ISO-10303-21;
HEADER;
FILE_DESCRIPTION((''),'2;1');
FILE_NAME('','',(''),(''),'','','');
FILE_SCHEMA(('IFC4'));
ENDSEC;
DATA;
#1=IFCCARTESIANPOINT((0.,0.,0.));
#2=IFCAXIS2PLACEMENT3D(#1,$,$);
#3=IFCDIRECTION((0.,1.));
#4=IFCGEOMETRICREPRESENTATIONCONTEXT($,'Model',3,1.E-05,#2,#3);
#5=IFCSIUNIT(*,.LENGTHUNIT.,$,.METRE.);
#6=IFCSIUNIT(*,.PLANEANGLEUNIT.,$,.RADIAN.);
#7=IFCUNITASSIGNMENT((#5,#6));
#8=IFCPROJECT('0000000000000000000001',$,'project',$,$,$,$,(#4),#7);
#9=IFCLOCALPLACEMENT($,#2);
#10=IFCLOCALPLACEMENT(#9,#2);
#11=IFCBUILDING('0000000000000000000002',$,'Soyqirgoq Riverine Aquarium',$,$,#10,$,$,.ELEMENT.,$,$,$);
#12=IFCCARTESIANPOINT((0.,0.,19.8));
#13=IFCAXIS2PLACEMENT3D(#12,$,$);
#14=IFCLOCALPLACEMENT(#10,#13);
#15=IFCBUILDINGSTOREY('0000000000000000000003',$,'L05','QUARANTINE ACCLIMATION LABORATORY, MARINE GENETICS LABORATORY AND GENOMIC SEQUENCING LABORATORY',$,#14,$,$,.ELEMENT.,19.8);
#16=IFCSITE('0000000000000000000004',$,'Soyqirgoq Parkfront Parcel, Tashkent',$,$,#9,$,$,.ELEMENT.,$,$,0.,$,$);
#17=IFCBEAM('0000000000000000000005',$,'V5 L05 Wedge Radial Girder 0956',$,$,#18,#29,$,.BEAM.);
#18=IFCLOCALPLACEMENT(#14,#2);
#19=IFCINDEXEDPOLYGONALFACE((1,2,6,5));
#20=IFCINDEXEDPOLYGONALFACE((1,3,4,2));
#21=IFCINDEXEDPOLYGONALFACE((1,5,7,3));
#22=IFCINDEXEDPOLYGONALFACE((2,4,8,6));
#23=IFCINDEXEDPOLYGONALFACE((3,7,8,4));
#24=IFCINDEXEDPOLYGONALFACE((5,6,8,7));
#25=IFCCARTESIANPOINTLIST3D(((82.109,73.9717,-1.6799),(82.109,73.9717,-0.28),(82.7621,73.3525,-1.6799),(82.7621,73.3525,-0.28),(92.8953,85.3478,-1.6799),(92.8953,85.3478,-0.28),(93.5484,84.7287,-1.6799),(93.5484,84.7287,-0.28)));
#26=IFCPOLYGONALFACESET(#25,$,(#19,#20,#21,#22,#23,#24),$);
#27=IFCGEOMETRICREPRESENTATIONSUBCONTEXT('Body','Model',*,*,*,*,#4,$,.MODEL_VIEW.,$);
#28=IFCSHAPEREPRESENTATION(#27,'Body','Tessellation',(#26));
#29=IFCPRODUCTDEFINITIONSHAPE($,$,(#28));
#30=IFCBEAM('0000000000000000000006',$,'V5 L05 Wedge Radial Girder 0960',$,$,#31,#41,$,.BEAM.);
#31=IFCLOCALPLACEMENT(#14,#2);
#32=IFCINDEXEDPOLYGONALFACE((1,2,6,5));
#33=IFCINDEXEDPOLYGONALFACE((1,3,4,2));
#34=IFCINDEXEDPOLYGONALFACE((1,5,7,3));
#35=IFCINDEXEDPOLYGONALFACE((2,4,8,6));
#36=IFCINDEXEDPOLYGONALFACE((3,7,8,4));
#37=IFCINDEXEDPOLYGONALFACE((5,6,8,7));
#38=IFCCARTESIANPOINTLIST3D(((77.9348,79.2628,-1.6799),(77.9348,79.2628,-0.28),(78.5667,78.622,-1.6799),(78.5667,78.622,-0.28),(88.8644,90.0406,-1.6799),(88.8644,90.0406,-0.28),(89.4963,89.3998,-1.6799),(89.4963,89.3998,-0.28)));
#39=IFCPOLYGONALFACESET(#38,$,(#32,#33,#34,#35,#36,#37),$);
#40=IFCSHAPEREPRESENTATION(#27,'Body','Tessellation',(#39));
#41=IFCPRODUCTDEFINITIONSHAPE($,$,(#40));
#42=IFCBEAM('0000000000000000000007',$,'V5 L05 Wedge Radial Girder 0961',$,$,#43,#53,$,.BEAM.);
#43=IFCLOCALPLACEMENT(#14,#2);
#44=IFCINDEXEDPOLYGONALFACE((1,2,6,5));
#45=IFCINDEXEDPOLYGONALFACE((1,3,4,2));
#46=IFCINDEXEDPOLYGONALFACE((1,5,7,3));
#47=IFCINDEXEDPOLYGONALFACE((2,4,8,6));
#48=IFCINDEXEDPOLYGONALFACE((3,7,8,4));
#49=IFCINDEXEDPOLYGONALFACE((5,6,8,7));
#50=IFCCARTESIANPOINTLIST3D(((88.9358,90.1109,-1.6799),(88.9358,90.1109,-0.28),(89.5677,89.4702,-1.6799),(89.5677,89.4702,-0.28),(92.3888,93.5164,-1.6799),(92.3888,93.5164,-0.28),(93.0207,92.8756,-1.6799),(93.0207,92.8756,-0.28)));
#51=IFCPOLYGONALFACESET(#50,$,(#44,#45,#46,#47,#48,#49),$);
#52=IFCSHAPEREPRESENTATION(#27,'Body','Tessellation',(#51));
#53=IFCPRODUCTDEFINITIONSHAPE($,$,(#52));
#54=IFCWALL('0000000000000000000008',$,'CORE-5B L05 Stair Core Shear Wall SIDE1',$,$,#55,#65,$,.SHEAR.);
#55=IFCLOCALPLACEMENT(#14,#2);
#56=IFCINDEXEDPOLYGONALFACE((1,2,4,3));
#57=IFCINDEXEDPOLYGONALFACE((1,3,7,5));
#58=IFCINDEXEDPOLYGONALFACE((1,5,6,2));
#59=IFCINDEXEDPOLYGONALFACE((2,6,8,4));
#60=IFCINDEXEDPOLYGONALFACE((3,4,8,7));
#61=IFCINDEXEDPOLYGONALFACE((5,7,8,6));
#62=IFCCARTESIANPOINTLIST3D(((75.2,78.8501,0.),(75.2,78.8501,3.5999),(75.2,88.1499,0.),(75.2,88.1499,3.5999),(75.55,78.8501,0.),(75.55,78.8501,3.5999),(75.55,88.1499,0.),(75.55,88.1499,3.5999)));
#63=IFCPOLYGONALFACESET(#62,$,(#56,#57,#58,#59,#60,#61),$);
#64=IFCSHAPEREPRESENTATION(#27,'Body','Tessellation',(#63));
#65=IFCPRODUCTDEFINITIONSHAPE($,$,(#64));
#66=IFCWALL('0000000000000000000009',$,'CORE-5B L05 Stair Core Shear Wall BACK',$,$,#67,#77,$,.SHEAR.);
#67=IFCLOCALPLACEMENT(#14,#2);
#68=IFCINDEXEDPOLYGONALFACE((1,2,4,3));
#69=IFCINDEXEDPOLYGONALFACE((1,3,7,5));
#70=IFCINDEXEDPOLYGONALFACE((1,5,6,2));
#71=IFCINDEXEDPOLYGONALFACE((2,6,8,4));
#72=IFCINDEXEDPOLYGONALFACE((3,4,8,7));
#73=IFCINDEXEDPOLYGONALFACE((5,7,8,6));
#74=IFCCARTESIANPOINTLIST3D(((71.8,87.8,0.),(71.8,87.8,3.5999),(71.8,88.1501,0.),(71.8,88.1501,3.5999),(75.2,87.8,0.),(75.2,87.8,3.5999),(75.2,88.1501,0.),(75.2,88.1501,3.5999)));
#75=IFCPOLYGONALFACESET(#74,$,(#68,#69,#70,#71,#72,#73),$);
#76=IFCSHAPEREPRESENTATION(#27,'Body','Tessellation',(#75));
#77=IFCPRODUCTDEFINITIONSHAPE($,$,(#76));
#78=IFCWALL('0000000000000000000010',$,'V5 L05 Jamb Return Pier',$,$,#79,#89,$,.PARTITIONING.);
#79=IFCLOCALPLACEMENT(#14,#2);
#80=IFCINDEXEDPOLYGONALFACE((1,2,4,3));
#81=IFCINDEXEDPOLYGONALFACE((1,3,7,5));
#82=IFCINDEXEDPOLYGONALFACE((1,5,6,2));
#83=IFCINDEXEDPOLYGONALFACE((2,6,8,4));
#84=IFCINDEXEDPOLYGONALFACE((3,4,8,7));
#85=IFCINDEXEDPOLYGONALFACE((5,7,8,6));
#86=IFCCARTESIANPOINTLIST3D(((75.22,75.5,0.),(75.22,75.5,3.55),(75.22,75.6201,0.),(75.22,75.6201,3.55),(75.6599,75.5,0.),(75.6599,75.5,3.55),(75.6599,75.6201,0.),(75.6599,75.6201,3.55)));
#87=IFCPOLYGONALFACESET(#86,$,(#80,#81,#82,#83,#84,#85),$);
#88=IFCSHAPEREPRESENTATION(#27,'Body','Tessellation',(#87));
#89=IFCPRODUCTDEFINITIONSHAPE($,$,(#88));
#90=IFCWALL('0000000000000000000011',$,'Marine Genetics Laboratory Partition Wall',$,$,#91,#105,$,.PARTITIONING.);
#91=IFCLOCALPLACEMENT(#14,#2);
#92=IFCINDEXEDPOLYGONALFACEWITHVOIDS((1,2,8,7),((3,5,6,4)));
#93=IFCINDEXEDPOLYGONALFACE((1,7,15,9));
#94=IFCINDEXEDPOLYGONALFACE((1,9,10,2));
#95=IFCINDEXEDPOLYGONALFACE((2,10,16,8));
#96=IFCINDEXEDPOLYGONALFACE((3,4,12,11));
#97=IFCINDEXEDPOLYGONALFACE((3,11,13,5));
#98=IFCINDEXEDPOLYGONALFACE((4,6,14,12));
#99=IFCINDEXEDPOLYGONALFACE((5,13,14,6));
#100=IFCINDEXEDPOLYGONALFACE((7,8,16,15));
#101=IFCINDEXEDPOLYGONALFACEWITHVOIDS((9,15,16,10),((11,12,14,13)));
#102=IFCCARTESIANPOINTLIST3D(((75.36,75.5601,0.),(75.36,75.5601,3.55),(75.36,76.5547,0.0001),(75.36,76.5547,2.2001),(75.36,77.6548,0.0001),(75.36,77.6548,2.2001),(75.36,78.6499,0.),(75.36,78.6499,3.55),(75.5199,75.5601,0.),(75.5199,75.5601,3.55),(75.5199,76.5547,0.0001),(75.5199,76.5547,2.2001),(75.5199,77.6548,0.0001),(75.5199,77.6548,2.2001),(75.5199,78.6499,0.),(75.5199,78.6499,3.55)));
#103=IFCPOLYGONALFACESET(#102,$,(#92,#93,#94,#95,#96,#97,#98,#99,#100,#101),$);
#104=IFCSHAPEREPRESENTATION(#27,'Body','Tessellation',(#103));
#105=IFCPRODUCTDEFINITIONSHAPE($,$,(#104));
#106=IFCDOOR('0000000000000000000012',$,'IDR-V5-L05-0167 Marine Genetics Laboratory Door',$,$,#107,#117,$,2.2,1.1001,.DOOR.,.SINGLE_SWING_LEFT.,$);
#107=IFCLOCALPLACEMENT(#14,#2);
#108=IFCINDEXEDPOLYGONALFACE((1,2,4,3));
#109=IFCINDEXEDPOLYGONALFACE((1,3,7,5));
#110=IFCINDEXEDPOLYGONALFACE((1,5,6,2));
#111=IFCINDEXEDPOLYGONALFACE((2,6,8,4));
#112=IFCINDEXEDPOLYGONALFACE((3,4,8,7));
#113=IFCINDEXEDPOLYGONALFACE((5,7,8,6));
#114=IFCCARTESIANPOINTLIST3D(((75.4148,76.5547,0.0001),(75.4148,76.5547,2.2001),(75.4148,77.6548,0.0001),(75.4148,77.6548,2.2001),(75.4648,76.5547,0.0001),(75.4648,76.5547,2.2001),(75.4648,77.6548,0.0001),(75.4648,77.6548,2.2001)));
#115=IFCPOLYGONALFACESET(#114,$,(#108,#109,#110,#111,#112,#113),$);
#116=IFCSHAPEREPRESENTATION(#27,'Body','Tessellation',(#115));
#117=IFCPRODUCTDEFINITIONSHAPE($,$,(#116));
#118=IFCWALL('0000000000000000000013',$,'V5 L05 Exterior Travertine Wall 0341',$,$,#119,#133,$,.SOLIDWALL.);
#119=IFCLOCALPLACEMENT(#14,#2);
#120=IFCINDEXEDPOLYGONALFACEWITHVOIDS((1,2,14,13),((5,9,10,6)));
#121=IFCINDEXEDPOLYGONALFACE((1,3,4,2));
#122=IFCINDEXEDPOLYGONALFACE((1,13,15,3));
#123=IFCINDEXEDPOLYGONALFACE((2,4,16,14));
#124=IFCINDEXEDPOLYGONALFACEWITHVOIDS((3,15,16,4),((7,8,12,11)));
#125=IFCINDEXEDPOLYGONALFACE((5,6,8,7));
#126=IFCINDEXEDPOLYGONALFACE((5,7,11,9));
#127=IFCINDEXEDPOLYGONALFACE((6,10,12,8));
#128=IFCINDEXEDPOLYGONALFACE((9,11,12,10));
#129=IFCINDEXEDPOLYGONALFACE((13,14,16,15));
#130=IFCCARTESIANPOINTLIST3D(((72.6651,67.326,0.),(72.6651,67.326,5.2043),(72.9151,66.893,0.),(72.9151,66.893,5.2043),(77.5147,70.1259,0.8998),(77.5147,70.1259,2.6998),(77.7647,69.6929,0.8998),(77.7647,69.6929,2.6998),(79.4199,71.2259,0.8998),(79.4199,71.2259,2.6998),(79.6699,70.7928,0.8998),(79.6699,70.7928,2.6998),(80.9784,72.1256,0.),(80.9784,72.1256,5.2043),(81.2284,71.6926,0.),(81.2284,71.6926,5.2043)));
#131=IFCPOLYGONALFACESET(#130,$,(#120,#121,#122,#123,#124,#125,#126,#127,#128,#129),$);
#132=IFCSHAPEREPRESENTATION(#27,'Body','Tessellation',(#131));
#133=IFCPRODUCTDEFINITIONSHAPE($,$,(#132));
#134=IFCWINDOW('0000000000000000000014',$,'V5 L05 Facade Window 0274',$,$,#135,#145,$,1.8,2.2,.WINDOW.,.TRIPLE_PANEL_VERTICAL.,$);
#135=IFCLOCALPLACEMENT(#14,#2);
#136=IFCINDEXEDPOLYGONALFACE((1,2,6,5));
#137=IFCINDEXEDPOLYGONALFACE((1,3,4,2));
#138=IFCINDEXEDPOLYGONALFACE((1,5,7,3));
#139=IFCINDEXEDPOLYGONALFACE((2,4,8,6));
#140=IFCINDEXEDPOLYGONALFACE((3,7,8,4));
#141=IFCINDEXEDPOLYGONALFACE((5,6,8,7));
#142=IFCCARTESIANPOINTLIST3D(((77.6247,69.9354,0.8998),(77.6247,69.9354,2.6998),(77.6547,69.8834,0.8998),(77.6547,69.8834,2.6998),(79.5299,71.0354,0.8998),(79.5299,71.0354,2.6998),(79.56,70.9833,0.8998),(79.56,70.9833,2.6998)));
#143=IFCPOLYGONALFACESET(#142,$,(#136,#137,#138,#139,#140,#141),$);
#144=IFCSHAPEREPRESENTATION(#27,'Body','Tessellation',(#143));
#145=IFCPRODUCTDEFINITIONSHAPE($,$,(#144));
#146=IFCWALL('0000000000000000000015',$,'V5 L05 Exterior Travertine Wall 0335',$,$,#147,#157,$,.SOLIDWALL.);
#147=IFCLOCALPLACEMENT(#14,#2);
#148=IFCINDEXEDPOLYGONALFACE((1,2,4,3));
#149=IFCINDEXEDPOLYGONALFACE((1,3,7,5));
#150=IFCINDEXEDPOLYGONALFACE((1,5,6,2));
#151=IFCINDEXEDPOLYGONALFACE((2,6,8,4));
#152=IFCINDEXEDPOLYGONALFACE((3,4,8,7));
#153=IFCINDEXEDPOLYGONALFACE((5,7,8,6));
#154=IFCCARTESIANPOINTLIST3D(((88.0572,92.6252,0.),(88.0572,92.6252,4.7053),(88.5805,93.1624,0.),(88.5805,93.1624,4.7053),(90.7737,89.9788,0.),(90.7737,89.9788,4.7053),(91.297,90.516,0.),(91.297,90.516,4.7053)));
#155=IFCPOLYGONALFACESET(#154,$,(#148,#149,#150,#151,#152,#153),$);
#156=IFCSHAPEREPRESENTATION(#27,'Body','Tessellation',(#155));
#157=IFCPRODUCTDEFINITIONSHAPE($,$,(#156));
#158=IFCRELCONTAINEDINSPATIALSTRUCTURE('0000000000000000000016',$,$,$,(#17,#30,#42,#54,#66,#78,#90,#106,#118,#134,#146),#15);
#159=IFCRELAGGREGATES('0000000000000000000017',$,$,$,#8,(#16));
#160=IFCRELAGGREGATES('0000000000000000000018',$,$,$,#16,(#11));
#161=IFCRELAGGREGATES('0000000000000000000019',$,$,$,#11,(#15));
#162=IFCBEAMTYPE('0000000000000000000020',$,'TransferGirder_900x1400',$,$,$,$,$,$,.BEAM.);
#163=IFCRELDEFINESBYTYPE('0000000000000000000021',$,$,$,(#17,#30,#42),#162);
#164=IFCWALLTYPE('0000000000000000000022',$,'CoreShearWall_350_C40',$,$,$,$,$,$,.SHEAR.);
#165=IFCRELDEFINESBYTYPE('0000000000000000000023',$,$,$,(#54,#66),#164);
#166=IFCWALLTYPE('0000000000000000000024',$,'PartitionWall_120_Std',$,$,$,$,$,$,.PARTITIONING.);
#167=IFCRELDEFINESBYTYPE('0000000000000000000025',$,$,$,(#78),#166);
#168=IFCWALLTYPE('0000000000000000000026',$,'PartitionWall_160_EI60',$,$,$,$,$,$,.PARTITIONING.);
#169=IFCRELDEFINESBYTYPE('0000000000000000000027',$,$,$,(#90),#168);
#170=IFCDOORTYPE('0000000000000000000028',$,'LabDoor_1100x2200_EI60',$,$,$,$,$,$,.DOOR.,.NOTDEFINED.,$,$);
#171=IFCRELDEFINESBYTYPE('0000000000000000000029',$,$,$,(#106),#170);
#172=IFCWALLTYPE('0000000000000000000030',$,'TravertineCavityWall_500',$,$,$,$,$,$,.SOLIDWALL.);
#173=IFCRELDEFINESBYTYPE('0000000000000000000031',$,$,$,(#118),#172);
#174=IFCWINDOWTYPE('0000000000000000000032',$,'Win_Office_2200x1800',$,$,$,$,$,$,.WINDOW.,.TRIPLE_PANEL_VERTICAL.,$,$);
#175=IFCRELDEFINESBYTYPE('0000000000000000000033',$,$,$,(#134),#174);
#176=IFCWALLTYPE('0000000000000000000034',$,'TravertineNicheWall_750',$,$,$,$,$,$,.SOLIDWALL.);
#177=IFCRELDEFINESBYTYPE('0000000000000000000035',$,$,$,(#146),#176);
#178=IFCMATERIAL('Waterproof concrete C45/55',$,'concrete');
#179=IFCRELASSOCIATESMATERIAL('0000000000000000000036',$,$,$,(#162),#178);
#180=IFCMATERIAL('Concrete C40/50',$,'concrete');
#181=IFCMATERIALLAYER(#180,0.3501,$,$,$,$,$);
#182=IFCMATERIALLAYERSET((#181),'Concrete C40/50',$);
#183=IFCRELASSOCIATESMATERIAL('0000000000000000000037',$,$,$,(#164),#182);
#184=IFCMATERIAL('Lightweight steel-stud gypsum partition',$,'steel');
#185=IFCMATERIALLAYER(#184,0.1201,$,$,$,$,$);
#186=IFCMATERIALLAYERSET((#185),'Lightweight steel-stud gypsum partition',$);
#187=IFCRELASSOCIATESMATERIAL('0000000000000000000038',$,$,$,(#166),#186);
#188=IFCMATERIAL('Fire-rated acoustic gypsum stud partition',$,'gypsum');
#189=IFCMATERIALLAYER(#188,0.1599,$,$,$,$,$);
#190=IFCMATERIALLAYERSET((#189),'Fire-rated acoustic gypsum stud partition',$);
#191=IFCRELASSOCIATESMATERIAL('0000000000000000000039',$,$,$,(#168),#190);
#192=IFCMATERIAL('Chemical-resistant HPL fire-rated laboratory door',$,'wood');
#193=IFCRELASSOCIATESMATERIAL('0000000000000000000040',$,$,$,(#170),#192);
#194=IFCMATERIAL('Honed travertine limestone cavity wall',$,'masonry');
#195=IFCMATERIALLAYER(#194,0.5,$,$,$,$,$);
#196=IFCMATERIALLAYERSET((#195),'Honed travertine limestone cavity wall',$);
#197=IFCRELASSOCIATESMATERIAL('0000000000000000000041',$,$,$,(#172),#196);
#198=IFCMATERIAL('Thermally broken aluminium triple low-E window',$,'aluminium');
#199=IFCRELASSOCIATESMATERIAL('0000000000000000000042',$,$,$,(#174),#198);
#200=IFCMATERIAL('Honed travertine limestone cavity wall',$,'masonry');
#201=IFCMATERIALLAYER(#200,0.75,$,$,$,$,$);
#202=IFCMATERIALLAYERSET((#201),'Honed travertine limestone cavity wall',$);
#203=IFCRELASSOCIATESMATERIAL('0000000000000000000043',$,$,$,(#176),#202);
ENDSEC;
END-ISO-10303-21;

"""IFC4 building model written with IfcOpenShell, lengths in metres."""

from ifc_helpers import new_model, si_unit, direction, frame, frame_2d, origin, origin_2d, place, context, subcontext, project, spatial, rectangle, extrude, material, layer, layer_set, material_profile, profile_set, type_object, element, fill, save


model = new_model("IFC4")

# Units and contexts
model_context = context("Model", 3, precision=1e-05, world=origin(), true_north=direction((0.0, 1.0)))
body_context = subcontext(model_context, "Body", "Model", "MODEL_VIEW")
ifc_project = project(units=[si_unit("LENGTHUNIT", "METRE"), si_unit("PLANEANGLEUNIT", "RADIAN")], contexts=[model_context])

# Site, building, storey
site_placement = place(None, origin())
site = spatial("IfcSite", under=ifc_project, at=site_placement, Name="Soyqirgoq Parkfront Parcel, Tashkent", CompositionType="ELEMENT", RefElevation=0.0)
building_placement = place(site_placement, origin())
building = spatial("IfcBuilding", under=site, at=building_placement, Name="Soyqirgoq Riverine Aquarium", CompositionType="ELEMENT")
storey_placement = place(building_placement, frame((0.0, 0.0, 19.8)))
storey = spatial("IfcBuildingStorey", under=building, at=storey_placement, Name="L05", Description="QUARANTINE ACCLIMATION LABORATORY, MARINE GENETICS LABORATORY AND GENOMIC SEQUENCING LABORATORY", CompositionType="ELEMENT", Elevation=19.8)

# Beams
ifc_material_1 = material(Name="Waterproof concrete C45/55", Category="concrete")
ifc_material_profile_1 = material_profile(ifc_material_1, rectangle(XDim=0.8999, YDim=1.3999, at=origin_2d()), Name="RC 900x1400")
ifc_profile_set_1 = profile_set([ifc_material_profile_1], Name="Waterproof concrete C45/55")
beam_type_1 = type_object("IfcBeamType", Name="TransferGirder_900x1400", PredefinedType="BEAM", material=ifc_profile_set_1)
beam_1_placement = place(storey_placement, frame((82.4355, 73.6621, -0.98), z_axis=(0.688044, 0.725669, 0.0), x_axis=(-0.725669, 0.688044, 0.0)))
element("IfcBeam", 1, at=beam_1_placement, inside=storey, type_object=beam_type_1, Name="V5 L05 Wedge Radial Girder 0956", PredefinedType="BEAM", context=body_context, shape_type="SweptSolid", body=[
    extrude(rectangle(XDim=0.8999, YDim=1.3999, at=origin_2d()), origin(), (0.0, 0.0, 1.0), 15.6768),
])
beam_2_placement = place(storey_placement, frame((78.2507, 78.9424, -0.98), z_axis=(0.712036, 0.702143, 0.0), x_axis=(-0.702143, 0.712036, 0.0)))
element("IfcBeam", 2, at=beam_2_placement, inside=storey, type_object=beam_type_1, Name="V5 L05 Wedge Radial Girder 0960", PredefinedType="BEAM", context=body_context, shape_type="SweptSolid", body=[
    extrude(rectangle(XDim=0.8999, YDim=1.3999, at=origin_2d()), origin(), (0.0, 0.0, 1.0), 15.3499),
])
beam_3_placement = place(storey_placement, frame((89.2517, 89.7905, -0.98), z_axis=(0.711998, 0.702182, 0.0), x_axis=(-0.702182, 0.711998, 0.0)))
element("IfcBeam", 3, at=beam_3_placement, inside=storey, type_object=beam_type_1, Name="V5 L05 Wedge Radial Girder 0961", PredefinedType="BEAM", context=body_context, shape_type="SweptSolid", body=[
    extrude(rectangle(XDim=0.8999, YDim=1.3999, at=origin_2d()), origin(), (0.0, 0.0, 1.0), 4.8499),
])

# Walls
ifc_material_2 = material(Name="Concrete C40/50", Category="concrete")
ifc_layer_1 = layer(ifc_material_2, 0.3501)
ifc_layer_set_1 = layer_set([ifc_layer_1], Name="Concrete C40/50")
wall_type_1 = type_object("IfcWallType", Name="CoreShearWall_350_C40", PredefinedType="SHEAR", material=ifc_layer_set_1)
wall_1_placement = place(storey_placement, frame((75.375, 78.8501, 0.0), z_axis=(0.0, 0.0, 1.0), x_axis=(0.0, 1.0, 0.0)))
element("IfcWall", 4, at=wall_1_placement, inside=storey, type_object=wall_type_1, Name="CORE-5B L05 Stair Core Shear Wall SIDE1", PredefinedType="SHEAR", context=body_context, shape_type="SweptSolid", body=[
    extrude(rectangle(XDim=9.2998, YDim=0.3501, at=frame_2d((4.6499, 0.0))), origin(), (0.0, 0.0, 1.0), 3.5999),
])
wall_2_placement = place(storey_placement, frame((75.2, 87.9751, 0.0), z_axis=(0.0, 0.0, 1.0), x_axis=(-1.0, 0.0, 0.0)))
element("IfcWall", 5, at=wall_2_placement, inside=storey, type_object=wall_type_1, Name="CORE-5B L05 Stair Core Shear Wall BACK", PredefinedType="SHEAR", context=body_context, shape_type="SweptSolid", body=[
    extrude(rectangle(XDim=3.3999, YDim=0.3501, at=frame_2d((1.7, 0.0))), origin(), (0.0, 0.0, 1.0), 3.5999),
])
ifc_material_3 = material(Name="Lightweight steel-stud gypsum partition", Category="steel")
ifc_layer_2 = layer(ifc_material_3, 0.1201)
ifc_layer_set_2 = layer_set([ifc_layer_2], Name="Lightweight steel-stud gypsum partition")
wall_type_2 = type_object("IfcWallType", Name="PartitionWall_120_Std", PredefinedType="PARTITIONING", material=ifc_layer_set_2)
wall_3_placement = place(storey_placement, frame((75.22, 75.5601, 0.0), z_axis=(0.0, 0.0, 1.0), x_axis=(1.0, 0.0, 0.0)))
element("IfcWall", 6, at=wall_3_placement, inside=storey, type_object=wall_type_2, Name="V5 L05 Jamb Return Pier", PredefinedType="PARTITIONING", context=body_context, shape_type="SweptSolid", body=[
    extrude(rectangle(XDim=0.4399, YDim=0.1201, at=frame_2d((0.22, 0.0))), origin(), (0.0, 0.0, 1.0), 3.55),
])

# Wall, opening, door
ifc_material_4 = material(Name="Fire-rated acoustic gypsum stud partition", Category="gypsum")
ifc_layer_3 = layer(ifc_material_4, 0.1599)
ifc_layer_set_3 = layer_set([ifc_layer_3], Name="Fire-rated acoustic gypsum stud partition")
wall_type_3 = type_object("IfcWallType", Name="PartitionWall_160_EI60", PredefinedType="PARTITIONING", material=ifc_layer_set_3)
wall_4_placement = place(storey_placement, frame((75.4399, 78.6499, 0.0), z_axis=(0.0, 0.0, 1.0), x_axis=(0.0, -1.0, 0.0)))
wall_4 = element("IfcWall", 7, at=wall_4_placement, inside=storey, type_object=wall_type_3, Name="Marine Genetics Laboratory Partition Wall", PredefinedType="PARTITIONING", context=body_context, shape_type="SweptSolid", body=[
    extrude(rectangle(XDim=3.0898, YDim=0.1599, at=frame_2d((1.5449, 0.0))), origin(), (0.0, 0.0, 1.0), 3.55),
])
opening_1_placement = place(wall_4_placement, frame((0.9951, 0.0, 0.0)))
opening_1 = element("IfcOpeningElement", 8, at=opening_1_placement, cuts=wall_4, PredefinedType="OPENING", context=body_context, shape_type="SweptSolid", body=[
    extrude(rectangle(XDim=1.1001, YDim=2.2, at=frame_2d((0.55, 1.1001))), frame((0.0, 0.0898, 0.0), z_axis=(0.0, -1.0, 0.0), x_axis=(1.0, 0.0, 0.0)), (0.0, 0.0, 1.0), 0.1799),
])
ifc_material_5 = material(Name="Chemical-resistant HPL fire-rated laboratory door", Category="wood")
door_type = type_object("IfcDoorType", Name="LabDoor_1100x2200_EI60", OperationType="NOTDEFINED", PredefinedType="DOOR", material=ifc_material_5)
door_placement = place(opening_1_placement, origin())
door = element("IfcDoor", 9, at=door_placement, inside=storey, type_object=door_type, Name="IDR-V5-L05-0167 Marine Genetics Laboratory Door", OperationType="SINGLE_SWING_LEFT", OverallHeight=2.2, OverallWidth=1.1001, PredefinedType="DOOR", context=body_context, shape_type="SweptSolid", body=[
    extrude(rectangle(XDim=1.1001, YDim=2.2, at=frame_2d((0.55, 1.1001))), frame((0.0, 0.0249, 0.0), z_axis=(0.0, -1.0, 0.0), x_axis=(1.0, 0.0, 0.0)), (0.0, 0.0, 1.0), 0.05),
])
fill(opening_1, door)

# Wall, opening, window
ifc_material_6 = material(Name="Honed travertine limestone cavity wall", Category="masonry")
ifc_layer_4 = layer(ifc_material_6, 0.5)
ifc_layer_set_4 = layer_set([ifc_layer_4], Name="Honed travertine limestone cavity wall")
wall_type_4 = type_object("IfcWallType", Name="TravertineCavityWall_500", PredefinedType="SOLIDWALL", material=ifc_layer_set_4)
wall_5_placement = place(storey_placement, frame((81.1035, 71.9092, 0.0), z_axis=(0.0, 0.0, 1.0), x_axis=(-0.866029, -0.499993, 0.0)))
wall_5 = element("IfcWall", 10, at=wall_5_placement, inside=storey, type_object=wall_type_4, Name="V5 L05 Exterior Travertine Wall 0341", PredefinedType="SOLIDWALL", context=body_context, shape_type="SweptSolid", body=[
    extrude(rectangle(XDim=9.5994, YDim=0.5, at=frame_2d((4.7998, 0.0))), origin(), (0.0, 0.0, 1.0), 5.2043),
])
opening_2_placement = place(wall_5_placement, frame((1.7996, 0.0, 0.8999)))
opening_2 = element("IfcOpeningElement", 11, at=opening_2_placement, cuts=wall_5, PredefinedType="OPENING", context=body_context, shape_type="SweptSolid", body=[
    extrude(rectangle(XDim=2.2, YDim=1.8, at=frame_2d((1.1001, 0.8999))), frame((0.0, 0.26, 0.0), z_axis=(0.0, -1.0, 0.0), x_axis=(1.0, 0.0, 0.0)), (0.0, 0.0, 1.0), 0.52),
])
ifc_material_7 = material(Name="Thermally broken aluminium triple low-E window", Category="aluminium")
window_type = type_object("IfcWindowType", Name="Win_Office_2200x1800", PartitioningType="TRIPLE_PANEL_VERTICAL", PredefinedType="WINDOW", material=ifc_material_7)
window_placement = place(opening_2_placement, origin())
window = element("IfcWindow", 12, at=window_placement, inside=storey, type_object=window_type, Name="V5 L05 Facade Window 0274", OverallHeight=1.8, OverallWidth=2.2, PartitioningType="TRIPLE_PANEL_VERTICAL", PredefinedType="WINDOW", context=body_context, shape_type="SweptSolid", body=[
    extrude(rectangle(XDim=2.2, YDim=1.8, at=frame_2d((1.1001, 0.8999))), frame((0.0, 0.03, 0.0), z_axis=(0.0, -1.0, 0.0), x_axis=(1.0, 0.0, 0.0)), (0.0, 0.0, 1.0), 0.0601),
])
fill(opening_2, window)

# Wall
ifc_material_8 = material(Name="Honed travertine limestone cavity wall", Category="masonry")
ifc_layer_5 = layer(ifc_material_8, 0.75)
ifc_layer_set_5 = layer_set([ifc_layer_5], Name="Honed travertine limestone cavity wall")
wall_type_5 = type_object("IfcWallType", Name="TravertineNicheWall_750", PredefinedType="SOLIDWALL", material=ifc_layer_set_5)
wall_6_placement = place(storey_placement, frame((88.3188, 92.8938, 0.0), z_axis=(0.0, 0.0, 1.0), x_axis=(0.716284, -0.697809, 0.0)))
element("IfcWall", 13, at=wall_6_placement, inside=storey, type_object=wall_type_5, Name="V5 L05 Exterior Travertine Wall 0335", PredefinedType="SOLIDWALL", context=body_context, shape_type="SweptSolid", body=[
    extrude(rectangle(XDim=3.7925, YDim=0.75, at=frame_2d((1.8962, 0.0))), origin(), (0.0, 0.0, 1.0), 4.7053),
])

save(model, "model.ifc")
